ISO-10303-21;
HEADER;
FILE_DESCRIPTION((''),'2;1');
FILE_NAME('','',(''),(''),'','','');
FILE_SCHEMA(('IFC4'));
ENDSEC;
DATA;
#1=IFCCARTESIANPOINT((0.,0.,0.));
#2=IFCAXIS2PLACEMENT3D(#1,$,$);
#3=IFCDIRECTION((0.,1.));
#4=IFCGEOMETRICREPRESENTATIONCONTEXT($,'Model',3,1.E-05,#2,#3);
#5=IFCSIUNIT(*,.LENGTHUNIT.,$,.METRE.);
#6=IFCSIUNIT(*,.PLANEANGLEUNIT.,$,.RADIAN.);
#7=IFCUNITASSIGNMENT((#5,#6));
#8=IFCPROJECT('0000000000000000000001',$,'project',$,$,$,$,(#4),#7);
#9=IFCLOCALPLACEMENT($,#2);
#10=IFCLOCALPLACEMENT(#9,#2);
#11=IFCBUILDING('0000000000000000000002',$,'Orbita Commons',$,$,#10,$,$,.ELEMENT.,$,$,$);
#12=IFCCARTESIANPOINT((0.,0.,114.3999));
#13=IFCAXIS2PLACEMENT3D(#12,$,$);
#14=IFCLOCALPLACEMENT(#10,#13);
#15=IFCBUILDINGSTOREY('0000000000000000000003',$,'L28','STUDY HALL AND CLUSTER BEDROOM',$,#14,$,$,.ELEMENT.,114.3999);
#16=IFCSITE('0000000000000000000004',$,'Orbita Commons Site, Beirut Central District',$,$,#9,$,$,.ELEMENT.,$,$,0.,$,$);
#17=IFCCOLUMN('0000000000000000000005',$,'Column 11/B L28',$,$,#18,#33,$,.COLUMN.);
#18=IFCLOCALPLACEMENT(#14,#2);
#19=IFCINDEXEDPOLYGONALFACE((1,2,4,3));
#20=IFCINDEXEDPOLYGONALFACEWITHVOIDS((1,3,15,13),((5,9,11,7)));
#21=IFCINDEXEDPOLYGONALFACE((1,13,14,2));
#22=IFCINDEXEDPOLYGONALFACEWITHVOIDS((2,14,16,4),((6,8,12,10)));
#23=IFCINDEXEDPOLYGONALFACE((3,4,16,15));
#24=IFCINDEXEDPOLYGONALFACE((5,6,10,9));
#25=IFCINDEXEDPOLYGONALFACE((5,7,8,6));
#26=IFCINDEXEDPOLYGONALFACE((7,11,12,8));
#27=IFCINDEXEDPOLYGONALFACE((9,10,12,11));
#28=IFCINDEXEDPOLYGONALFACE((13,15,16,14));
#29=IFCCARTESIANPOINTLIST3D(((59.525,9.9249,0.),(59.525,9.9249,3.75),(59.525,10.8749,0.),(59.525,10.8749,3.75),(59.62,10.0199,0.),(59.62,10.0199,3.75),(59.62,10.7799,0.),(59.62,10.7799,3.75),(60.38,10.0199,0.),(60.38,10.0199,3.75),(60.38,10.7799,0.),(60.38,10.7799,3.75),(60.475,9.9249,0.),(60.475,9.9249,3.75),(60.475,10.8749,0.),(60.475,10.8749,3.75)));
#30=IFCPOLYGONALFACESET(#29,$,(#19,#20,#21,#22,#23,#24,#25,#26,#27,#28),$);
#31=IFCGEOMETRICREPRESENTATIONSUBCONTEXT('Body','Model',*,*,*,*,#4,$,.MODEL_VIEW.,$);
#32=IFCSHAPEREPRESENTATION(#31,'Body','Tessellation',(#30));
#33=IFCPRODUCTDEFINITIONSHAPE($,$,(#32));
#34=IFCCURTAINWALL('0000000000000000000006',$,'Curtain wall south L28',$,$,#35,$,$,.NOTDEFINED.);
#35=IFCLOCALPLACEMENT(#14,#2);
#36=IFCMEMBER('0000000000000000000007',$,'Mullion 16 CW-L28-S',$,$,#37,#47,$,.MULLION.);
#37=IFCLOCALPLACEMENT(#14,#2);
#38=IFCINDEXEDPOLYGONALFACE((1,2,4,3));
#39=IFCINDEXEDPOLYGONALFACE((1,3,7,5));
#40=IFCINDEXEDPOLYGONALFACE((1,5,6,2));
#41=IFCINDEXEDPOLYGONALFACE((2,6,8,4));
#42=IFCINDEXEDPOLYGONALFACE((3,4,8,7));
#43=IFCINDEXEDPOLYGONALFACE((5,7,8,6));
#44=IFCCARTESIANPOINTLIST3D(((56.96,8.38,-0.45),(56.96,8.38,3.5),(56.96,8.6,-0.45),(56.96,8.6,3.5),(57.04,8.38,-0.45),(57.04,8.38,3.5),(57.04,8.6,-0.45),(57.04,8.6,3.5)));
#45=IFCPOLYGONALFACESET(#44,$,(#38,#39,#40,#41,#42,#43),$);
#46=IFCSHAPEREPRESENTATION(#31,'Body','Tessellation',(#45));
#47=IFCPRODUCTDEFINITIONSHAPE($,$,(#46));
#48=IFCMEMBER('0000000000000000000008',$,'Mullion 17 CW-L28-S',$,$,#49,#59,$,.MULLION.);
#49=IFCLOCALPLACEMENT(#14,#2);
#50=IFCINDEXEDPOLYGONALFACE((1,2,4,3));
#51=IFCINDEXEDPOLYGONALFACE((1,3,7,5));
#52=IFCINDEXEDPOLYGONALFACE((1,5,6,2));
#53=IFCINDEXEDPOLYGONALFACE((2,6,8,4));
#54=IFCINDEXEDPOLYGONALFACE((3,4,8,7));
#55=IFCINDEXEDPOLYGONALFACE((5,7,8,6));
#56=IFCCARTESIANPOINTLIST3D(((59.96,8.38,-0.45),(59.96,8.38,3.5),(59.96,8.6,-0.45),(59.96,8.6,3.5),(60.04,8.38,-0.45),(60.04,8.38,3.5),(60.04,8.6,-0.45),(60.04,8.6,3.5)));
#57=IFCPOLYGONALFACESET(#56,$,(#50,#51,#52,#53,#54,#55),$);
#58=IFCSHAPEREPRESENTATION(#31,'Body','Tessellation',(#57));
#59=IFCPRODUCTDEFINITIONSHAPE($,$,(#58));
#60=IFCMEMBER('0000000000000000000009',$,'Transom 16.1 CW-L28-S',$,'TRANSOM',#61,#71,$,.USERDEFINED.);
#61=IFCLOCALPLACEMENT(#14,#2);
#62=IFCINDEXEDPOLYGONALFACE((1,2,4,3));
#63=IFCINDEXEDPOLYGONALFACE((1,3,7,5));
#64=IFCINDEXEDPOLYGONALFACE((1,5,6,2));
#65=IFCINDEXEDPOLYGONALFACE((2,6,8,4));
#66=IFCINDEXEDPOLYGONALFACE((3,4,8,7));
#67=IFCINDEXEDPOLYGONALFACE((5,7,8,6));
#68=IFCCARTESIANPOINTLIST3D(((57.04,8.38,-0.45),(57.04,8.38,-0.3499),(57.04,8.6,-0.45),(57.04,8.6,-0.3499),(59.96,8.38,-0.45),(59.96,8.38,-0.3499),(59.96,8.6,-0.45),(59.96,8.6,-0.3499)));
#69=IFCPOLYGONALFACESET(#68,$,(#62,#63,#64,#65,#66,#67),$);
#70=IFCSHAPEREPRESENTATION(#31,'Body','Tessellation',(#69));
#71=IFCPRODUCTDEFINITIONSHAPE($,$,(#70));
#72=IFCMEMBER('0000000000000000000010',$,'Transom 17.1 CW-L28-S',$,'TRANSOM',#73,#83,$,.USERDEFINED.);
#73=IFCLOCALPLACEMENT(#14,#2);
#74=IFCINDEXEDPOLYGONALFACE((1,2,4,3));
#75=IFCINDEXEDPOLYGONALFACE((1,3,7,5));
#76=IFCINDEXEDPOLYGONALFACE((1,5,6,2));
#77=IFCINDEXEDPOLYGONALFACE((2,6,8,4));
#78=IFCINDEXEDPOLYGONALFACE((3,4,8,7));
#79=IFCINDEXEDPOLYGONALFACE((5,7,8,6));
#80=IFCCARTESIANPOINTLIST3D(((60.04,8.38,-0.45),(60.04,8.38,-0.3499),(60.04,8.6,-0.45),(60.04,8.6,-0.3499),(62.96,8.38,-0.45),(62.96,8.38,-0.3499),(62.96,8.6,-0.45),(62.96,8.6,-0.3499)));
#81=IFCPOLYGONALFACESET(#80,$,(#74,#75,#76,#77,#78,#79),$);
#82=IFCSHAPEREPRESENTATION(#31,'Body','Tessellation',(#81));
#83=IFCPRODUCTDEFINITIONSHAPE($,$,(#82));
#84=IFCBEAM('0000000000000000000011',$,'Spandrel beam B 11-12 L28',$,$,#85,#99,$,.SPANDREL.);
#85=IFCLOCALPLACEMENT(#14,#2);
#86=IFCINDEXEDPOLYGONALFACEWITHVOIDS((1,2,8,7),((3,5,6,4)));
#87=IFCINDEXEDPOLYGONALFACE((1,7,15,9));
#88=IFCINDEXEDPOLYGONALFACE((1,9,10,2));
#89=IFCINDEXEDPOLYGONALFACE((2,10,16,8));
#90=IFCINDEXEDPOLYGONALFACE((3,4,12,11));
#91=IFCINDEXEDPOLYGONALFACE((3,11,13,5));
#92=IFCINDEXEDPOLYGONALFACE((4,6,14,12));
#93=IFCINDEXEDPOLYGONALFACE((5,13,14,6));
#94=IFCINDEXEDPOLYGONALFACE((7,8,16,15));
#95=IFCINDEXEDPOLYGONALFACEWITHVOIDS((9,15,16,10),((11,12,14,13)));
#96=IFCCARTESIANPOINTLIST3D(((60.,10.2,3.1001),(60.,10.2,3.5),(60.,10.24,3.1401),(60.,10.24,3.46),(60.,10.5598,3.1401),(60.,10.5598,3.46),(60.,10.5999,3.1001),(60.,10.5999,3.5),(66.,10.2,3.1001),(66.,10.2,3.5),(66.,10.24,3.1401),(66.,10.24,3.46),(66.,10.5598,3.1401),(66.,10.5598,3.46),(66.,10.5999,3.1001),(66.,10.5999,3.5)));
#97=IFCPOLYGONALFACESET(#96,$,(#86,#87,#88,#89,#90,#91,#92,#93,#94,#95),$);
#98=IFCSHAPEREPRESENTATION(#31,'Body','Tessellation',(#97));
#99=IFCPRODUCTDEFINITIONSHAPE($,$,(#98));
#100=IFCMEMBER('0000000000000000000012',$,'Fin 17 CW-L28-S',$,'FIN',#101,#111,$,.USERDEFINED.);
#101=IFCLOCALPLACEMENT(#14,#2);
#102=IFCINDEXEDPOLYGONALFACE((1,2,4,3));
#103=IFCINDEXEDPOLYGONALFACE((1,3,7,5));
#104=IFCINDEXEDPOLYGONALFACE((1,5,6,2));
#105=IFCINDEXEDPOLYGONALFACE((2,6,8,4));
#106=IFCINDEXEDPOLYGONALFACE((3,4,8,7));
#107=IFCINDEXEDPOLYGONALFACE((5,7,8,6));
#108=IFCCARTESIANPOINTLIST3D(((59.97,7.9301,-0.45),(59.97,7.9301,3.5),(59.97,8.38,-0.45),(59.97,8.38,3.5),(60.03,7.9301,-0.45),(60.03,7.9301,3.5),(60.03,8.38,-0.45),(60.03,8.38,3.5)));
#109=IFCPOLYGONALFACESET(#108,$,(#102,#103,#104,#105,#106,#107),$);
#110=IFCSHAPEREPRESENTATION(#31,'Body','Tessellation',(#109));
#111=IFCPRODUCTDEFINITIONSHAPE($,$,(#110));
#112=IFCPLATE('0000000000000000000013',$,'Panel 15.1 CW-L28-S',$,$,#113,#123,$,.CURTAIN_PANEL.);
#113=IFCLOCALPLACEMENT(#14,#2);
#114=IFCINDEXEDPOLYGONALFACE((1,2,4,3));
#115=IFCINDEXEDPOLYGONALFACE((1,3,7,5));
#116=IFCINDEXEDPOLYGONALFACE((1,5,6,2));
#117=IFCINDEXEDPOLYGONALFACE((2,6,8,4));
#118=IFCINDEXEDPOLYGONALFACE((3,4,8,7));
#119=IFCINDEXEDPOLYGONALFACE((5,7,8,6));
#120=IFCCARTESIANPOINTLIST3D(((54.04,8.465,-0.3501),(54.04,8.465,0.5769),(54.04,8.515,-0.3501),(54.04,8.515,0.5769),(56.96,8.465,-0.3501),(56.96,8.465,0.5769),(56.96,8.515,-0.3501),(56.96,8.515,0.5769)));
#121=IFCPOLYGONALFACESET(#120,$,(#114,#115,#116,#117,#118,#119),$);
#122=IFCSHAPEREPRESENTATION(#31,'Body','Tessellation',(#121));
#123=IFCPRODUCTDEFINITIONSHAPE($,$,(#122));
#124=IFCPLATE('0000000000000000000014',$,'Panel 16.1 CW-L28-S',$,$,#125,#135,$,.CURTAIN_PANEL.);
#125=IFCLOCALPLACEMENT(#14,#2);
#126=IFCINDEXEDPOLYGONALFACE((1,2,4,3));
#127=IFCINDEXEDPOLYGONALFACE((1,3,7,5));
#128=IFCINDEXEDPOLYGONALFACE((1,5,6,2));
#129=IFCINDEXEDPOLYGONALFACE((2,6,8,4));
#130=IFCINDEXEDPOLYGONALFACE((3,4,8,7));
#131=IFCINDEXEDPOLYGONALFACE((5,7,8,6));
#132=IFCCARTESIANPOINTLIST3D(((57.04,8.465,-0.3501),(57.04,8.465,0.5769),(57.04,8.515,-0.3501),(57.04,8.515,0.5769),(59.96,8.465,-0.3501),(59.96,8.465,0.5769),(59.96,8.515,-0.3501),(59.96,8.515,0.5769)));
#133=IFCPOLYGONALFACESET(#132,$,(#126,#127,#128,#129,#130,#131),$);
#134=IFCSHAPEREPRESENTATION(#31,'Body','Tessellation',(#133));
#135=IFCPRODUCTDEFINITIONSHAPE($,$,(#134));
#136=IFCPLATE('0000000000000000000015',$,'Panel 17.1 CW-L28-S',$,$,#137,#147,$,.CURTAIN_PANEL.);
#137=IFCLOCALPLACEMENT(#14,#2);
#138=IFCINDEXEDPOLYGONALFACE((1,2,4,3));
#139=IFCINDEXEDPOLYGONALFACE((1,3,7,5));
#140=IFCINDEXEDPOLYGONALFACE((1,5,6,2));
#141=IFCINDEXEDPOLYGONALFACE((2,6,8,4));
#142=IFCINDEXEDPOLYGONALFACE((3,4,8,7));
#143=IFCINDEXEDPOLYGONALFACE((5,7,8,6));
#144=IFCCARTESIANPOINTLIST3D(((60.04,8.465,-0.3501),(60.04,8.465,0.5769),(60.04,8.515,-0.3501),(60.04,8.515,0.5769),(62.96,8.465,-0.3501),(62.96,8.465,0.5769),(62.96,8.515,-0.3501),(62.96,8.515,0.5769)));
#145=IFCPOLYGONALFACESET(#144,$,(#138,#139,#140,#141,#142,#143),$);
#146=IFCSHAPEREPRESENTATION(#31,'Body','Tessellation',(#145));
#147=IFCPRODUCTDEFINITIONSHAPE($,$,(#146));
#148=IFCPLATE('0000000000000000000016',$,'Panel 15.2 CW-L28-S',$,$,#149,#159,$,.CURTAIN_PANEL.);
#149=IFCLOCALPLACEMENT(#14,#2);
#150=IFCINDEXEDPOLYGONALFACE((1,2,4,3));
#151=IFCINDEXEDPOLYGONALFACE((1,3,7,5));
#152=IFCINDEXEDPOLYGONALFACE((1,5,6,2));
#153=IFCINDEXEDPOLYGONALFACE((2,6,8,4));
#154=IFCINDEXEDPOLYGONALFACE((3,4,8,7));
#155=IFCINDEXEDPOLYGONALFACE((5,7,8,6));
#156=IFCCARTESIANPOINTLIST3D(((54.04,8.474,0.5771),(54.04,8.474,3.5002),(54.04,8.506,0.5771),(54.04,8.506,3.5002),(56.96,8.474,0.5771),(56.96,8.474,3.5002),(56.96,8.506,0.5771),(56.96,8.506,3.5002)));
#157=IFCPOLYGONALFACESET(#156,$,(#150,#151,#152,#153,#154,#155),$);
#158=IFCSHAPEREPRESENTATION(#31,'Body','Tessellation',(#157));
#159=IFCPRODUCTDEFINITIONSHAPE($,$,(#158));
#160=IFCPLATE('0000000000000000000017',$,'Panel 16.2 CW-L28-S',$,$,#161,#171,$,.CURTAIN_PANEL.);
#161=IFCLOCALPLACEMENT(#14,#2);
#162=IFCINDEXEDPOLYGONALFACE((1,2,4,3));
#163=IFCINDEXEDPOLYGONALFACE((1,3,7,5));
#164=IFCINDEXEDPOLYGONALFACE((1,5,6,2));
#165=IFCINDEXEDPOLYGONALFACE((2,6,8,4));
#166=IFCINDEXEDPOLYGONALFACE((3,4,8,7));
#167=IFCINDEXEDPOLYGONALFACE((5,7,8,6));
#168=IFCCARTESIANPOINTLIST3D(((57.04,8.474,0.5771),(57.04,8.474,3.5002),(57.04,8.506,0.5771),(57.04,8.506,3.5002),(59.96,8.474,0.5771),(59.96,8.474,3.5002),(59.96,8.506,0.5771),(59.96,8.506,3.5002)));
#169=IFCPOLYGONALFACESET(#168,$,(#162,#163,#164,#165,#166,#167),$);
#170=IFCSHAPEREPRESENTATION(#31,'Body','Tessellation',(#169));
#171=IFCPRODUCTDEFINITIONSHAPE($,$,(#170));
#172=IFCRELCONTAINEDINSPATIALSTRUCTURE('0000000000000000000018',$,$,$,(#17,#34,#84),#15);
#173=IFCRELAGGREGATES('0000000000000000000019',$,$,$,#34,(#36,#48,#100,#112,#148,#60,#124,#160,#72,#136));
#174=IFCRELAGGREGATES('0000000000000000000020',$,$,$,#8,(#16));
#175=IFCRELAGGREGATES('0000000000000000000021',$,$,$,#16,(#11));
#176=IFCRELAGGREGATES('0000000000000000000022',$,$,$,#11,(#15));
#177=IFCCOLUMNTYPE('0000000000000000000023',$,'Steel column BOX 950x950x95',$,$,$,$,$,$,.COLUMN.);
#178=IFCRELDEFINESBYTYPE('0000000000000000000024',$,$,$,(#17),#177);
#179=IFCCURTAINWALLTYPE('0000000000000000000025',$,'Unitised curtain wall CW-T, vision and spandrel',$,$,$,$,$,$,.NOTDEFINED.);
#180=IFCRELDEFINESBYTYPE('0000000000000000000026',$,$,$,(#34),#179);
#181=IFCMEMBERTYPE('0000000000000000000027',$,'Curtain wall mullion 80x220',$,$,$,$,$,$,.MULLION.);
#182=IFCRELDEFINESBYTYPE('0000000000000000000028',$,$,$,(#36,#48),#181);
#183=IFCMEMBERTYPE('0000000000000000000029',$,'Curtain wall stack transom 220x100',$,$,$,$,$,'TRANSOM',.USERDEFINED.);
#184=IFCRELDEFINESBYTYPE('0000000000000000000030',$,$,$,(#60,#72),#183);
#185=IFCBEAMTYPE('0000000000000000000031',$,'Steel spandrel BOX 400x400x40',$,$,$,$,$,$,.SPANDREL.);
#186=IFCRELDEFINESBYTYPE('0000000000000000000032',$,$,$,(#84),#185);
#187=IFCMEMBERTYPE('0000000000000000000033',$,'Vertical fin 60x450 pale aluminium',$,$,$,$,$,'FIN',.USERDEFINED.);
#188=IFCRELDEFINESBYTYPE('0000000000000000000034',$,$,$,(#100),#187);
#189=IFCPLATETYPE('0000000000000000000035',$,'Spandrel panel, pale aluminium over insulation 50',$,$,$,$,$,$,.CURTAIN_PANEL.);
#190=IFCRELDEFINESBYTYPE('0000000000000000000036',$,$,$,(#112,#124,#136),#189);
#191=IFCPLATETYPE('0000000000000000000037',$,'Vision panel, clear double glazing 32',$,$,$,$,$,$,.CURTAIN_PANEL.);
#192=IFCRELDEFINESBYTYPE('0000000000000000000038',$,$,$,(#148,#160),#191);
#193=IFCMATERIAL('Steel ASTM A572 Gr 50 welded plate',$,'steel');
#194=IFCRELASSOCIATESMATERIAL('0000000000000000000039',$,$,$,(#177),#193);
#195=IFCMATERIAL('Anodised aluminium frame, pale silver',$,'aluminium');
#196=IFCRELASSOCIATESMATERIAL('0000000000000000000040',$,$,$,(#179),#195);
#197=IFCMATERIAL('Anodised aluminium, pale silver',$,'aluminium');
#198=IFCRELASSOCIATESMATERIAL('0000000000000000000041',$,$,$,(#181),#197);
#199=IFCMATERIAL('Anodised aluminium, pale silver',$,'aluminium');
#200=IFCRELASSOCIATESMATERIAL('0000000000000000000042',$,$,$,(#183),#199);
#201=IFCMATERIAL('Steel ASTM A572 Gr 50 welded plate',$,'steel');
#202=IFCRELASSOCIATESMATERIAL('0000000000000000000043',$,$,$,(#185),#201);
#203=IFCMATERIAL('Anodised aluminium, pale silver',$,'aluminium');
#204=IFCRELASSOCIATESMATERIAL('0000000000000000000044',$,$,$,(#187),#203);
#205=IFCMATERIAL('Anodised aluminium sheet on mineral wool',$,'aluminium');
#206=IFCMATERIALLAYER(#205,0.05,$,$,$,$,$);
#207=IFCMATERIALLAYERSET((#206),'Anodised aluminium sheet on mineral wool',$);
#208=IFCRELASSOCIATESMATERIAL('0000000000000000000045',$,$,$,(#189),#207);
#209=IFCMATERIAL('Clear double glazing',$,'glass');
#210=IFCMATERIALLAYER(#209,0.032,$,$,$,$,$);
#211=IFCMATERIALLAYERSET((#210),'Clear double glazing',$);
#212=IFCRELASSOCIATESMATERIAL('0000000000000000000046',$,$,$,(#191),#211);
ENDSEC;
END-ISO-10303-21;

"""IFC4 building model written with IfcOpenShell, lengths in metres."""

from ifc_helpers import new_model, si_unit, direction, frame, origin, origin_2d, place, context, subcontext, project, spatial, rectangle, hollow_rectangle, extrude, material, layer, layer_set, material_profile, profile_set, type_object, element, aggregate, save


model = new_model("IFC4")

# Units and contexts
model_context = context("Model", 3, precision=1e-05, world=origin(), true_north=direction((0.0, 1.0)))
body_context = subcontext(model_context, "Body", "Model", "MODEL_VIEW")
ifc_project = project(units=[si_unit("LENGTHUNIT", "METRE"), si_unit("PLANEANGLEUNIT", "RADIAN")], contexts=[model_context])

# Site, building, storey
site_placement = place(None, origin())
site = spatial("IfcSite", under=ifc_project, at=site_placement, Name="Orbita Commons Site, Beirut Central District", CompositionType="ELEMENT", RefElevation=0.0)
building_placement = place(site_placement, origin())
building = spatial("IfcBuilding", under=site, at=building_placement, Name="Orbita Commons", CompositionType="ELEMENT")
storey_placement = place(building_placement, frame((0.0, 0.0, 114.3999)))
storey = spatial("IfcBuildingStorey", under=building, at=storey_placement, Name="L28", Description="STUDY HALL AND CLUSTER BEDROOM", CompositionType="ELEMENT", Elevation=114.3999)

# Column
ifc_material_1 = material(Name="Steel ASTM A572 Gr 50 welded plate", Category="steel")
ifc_material_profile_1 = material_profile(ifc_material_1, hollow_rectangle(XDim=0.95, YDim=0.95, WallThickness=0.095, at=origin_2d()), Name="BOX 950x950x95")
ifc_profile_set_1 = profile_set([ifc_material_profile_1], Name="Steel ASTM A572 Gr 50 welded plate")
column_type = type_object("IfcColumnType", Name="Steel column BOX 950x950x95", PredefinedType="COLUMN", material=ifc_profile_set_1)
column_placement = place(storey_placement, frame((60.0, 10.3999, 0.0), z_axis=(0.0, 0.0, 1.0), x_axis=(1.0, 0.0, 0.0)))
element("IfcColumn", 1, at=column_placement, inside=storey, type_object=column_type, Name="Column 11/B L28", PredefinedType="COLUMN", context=body_context, shape_type="SweptSolid", body=[
    extrude(hollow_rectangle(XDim=0.95, YDim=0.95, WallThickness=0.095, at=origin_2d()), origin(), (0.0, 0.0, 1.0), 3.75),
])

# Curtain wall, members
ifc_material_2 = material(Name="Anodised aluminium frame, pale silver", Category="aluminium")
curtain_wall_type = type_object("IfcCurtainWallType", Name="Unitised curtain wall CW-T, vision and spandrel", PredefinedType="NOTDEFINED", material=ifc_material_2)
curtain_wall_placement = place(storey_placement, origin())
curtain_wall = element("IfcCurtainWall", 2, at=curtain_wall_placement, inside=storey, type_object=curtain_wall_type, Name="Curtain wall south L28", PredefinedType="NOTDEFINED")
ifc_material_3 = material(Name="Anodised aluminium, pale silver", Category="aluminium")
ifc_material_profile_2 = material_profile(ifc_material_3, rectangle(XDim=0.0801, YDim=0.22, at=origin_2d()), Name="AL 80x220")
ifc_profile_set_2 = profile_set([ifc_material_profile_2], Name="Anodised aluminium, pale silver")
member_type_1 = type_object("IfcMemberType", Name="Curtain wall mullion 80x220", PredefinedType="MULLION", material=ifc_profile_set_2)
member_1_placement = place(storey_placement, frame((57.0, 8.49, -0.45), z_axis=(0.0, 0.0, 1.0), x_axis=(1.0, 0.0, 0.0)))
member_1 = element("IfcMember", 3, at=member_1_placement, type_object=member_type_1, Name="Mullion 16 CW-L28-S", PredefinedType="MULLION", context=body_context, shape_type="SweptSolid", body=[
    extrude(rectangle(XDim=0.0801, YDim=0.22, at=origin_2d()), origin(), (0.0, 0.0, 1.0), 3.95),
])
member_2_placement = place(storey_placement, frame((60.0, 8.49, -0.45), z_axis=(0.0, 0.0, 1.0), x_axis=(1.0, 0.0, 0.0)))
member_2 = element("IfcMember", 4, at=member_2_placement, type_object=member_type_1, Name="Mullion 17 CW-L28-S", PredefinedType="MULLION", context=body_context, shape_type="SweptSolid", body=[
    extrude(rectangle(XDim=0.0801, YDim=0.22, at=origin_2d()), origin(), (0.0, 0.0, 1.0), 3.95),
])
ifc_material_4 = material(Name="Anodised aluminium, pale silver", Category="aluminium")
ifc_material_profile_3 = material_profile(ifc_material_4, rectangle(XDim=0.22, YDim=0.1001, at=origin_2d()), Name="AL 220x100")
ifc_profile_set_3 = profile_set([ifc_material_profile_3], Name="Anodised aluminium, pale silver")
member_type_2 = type_object("IfcMemberType", Name="Curtain wall stack transom 220x100", ElementType="TRANSOM", PredefinedType="USERDEFINED", material=ifc_profile_set_3)
member_3_placement = place(storey_placement, frame((57.04, 8.49, -0.3999), z_axis=(1.0, 0.0, 0.0), x_axis=(0.0, 1.0, 0.0)))
member_3 = element("IfcMember", 5, at=member_3_placement, type_object=member_type_2, Name="Transom 16.1 CW-L28-S", ObjectType="TRANSOM", PredefinedType="USERDEFINED", context=body_context, shape_type="SweptSolid", body=[
    extrude(rectangle(XDim=0.22, YDim=0.1001, at=origin_2d()), origin(), (0.0, 0.0, 1.0), 2.9199),
])
member_4_placement = place(storey_placement, frame((60.04, 8.49, -0.3999), z_axis=(1.0, 0.0, 0.0), x_axis=(0.0, 1.0, 0.0)))
member_4 = element("IfcMember", 6, at=member_4_placement, type_object=member_type_2, Name="Transom 17.1 CW-L28-S", ObjectType="TRANSOM", PredefinedType="USERDEFINED", context=body_context, shape_type="SweptSolid", body=[
    extrude(rectangle(XDim=0.22, YDim=0.1001, at=origin_2d()), origin(), (0.0, 0.0, 1.0), 2.9199),
])

# Beam
ifc_material_5 = material(Name="Steel ASTM A572 Gr 50 welded plate", Category="steel")
ifc_material_profile_4 = material_profile(ifc_material_5, hollow_rectangle(XDim=0.3999, YDim=0.3999, WallThickness=0.04, at=origin_2d()), Name="BOX 400x400x40")
ifc_profile_set_4 = profile_set([ifc_material_profile_4], Name="Steel ASTM A572 Gr 50 welded plate")
beam_type = type_object("IfcBeamType", Name="Steel spandrel BOX 400x400x40", PredefinedType="SPANDREL", material=ifc_profile_set_4)
beam_placement = place(storey_placement, frame((60.0, 10.3999, 3.3), z_axis=(1.0, 0.0, 0.0), x_axis=(0.0, 1.0, 0.0)))
element("IfcBeam", 7, at=beam_placement, inside=storey, type_object=beam_type, Name="Spandrel beam B 11-12 L28", PredefinedType="SPANDREL", context=body_context, shape_type="SweptSolid", body=[
    extrude(hollow_rectangle(XDim=0.3999, YDim=0.3999, WallThickness=0.04, at=origin_2d()), origin(), (0.0, 0.0, 1.0), 6.0),
])

# Member
ifc_material_6 = material(Name="Anodised aluminium, pale silver", Category="aluminium")
ifc_material_profile_5 = material_profile(ifc_material_6, rectangle(XDim=0.0601, YDim=0.45, at=origin_2d()), Name="FIN 60x450")
ifc_profile_set_5 = profile_set([ifc_material_profile_5], Name="Anodised aluminium, pale silver")
member_type_3 = type_object("IfcMemberType", Name="Vertical fin 60x450 pale aluminium", ElementType="FIN", PredefinedType="USERDEFINED", material=ifc_profile_set_5)
member_5_placement = place(storey_placement, frame((60.0, 8.155, -0.45), z_axis=(0.0, 0.0, 1.0), x_axis=(1.0, 0.0, 0.0)))
member_5 = element("IfcMember", 8, at=member_5_placement, type_object=member_type_3, Name="Fin 17 CW-L28-S", ObjectType="FIN", PredefinedType="USERDEFINED", context=body_context, shape_type="SweptSolid", body=[
    extrude(rectangle(XDim=0.0601, YDim=0.45, at=origin_2d()), origin(), (0.0, 0.0, 1.0), 3.95),
])

# Plates
ifc_material_7 = material(Name="Anodised aluminium sheet on mineral wool", Category="aluminium")
ifc_layer_1 = layer(ifc_material_7, 0.05)
ifc_layer_set_1 = layer_set([ifc_layer_1], Name="Anodised aluminium sheet on mineral wool")
plate_type_1 = type_object("IfcPlateType", Name="Spandrel panel, pale aluminium over insulation 50", PredefinedType="CURTAIN_PANEL", material=ifc_layer_set_1)
plate_1_placement = place(storey_placement, frame((55.5, 8.49, -0.3501), z_axis=(0.0, 0.0, 1.0), x_axis=(1.0, 0.0, 0.0)))
plate_1 = element("IfcPlate", 9, at=plate_1_placement, type_object=plate_type_1, Name="Panel 15.1 CW-L28-S", PredefinedType="CURTAIN_PANEL", context=body_context, shape_type="SweptSolid", body=[
    extrude(rectangle(XDim=2.9199, YDim=0.05, at=origin_2d()), origin(), (0.0, 0.0, 1.0), 0.927),
])
plate_2_placement = place(storey_placement, frame((58.5, 8.49, -0.3501), z_axis=(0.0, 0.0, 1.0), x_axis=(1.0, 0.0, 0.0)))
plate_2 = element("IfcPlate", 10, at=plate_2_placement, type_object=plate_type_1, Name="Panel 16.1 CW-L28-S", PredefinedType="CURTAIN_PANEL", context=body_context, shape_type="SweptSolid", body=[
    extrude(rectangle(XDim=2.9199, YDim=0.05, at=origin_2d()), origin(), (0.0, 0.0, 1.0), 0.927),
])
plate_3_placement = place(storey_placement, frame((61.5, 8.49, -0.3501), z_axis=(0.0, 0.0, 1.0), x_axis=(1.0, 0.0, 0.0)))
plate_3 = element("IfcPlate", 11, at=plate_3_placement, type_object=plate_type_1, Name="Panel 17.1 CW-L28-S", PredefinedType="CURTAIN_PANEL", context=body_context, shape_type="SweptSolid", body=[
    extrude(rectangle(XDim=2.9199, YDim=0.05, at=origin_2d()), origin(), (0.0, 0.0, 1.0), 0.927),
])
ifc_material_8 = material(Name="Clear double glazing", Category="glass")
ifc_layer_2 = layer(ifc_material_8, 0.032)
ifc_layer_set_2 = layer_set([ifc_layer_2], Name="Clear double glazing")
plate_type_2 = type_object("IfcPlateType", Name="Vision panel, clear double glazing 32", PredefinedType="CURTAIN_PANEL", material=ifc_layer_set_2)
plate_4_placement = place(storey_placement, frame((55.5, 8.49, 0.5771), z_axis=(0.0, 0.0, 1.0), x_axis=(1.0, 0.0, 0.0)))
plate_4 = element("IfcPlate", 12, at=plate_4_placement, type_object=plate_type_2, Name="Panel 15.2 CW-L28-S", PredefinedType="CURTAIN_PANEL", context=body_context, shape_type="SweptSolid", body=[
    extrude(rectangle(XDim=2.9199, YDim=0.032, at=origin_2d()), origin(), (0.0, 0.0, 1.0), 2.9231),
])
plate_5_placement = place(storey_placement, frame((58.5, 8.49, 0.5771), z_axis=(0.0, 0.0, 1.0), x_axis=(1.0, 0.0, 0.0)))
plate_5 = element("IfcPlate", 13, at=plate_5_placement, type_object=plate_type_2, Name="Panel 16.2 CW-L28-S", PredefinedType="CURTAIN_PANEL", context=body_context, shape_type="SweptSolid", body=[
    extrude(rectangle(XDim=2.9199, YDim=0.032, at=origin_2d()), origin(), (0.0, 0.0, 1.0), 2.9231),
])
aggregate(curtain_wall, [member_1, member_2, member_5, plate_1, plate_4, member_3, plate_2, plate_5, member_4, plate_3])

save(model, "model.ifc")
